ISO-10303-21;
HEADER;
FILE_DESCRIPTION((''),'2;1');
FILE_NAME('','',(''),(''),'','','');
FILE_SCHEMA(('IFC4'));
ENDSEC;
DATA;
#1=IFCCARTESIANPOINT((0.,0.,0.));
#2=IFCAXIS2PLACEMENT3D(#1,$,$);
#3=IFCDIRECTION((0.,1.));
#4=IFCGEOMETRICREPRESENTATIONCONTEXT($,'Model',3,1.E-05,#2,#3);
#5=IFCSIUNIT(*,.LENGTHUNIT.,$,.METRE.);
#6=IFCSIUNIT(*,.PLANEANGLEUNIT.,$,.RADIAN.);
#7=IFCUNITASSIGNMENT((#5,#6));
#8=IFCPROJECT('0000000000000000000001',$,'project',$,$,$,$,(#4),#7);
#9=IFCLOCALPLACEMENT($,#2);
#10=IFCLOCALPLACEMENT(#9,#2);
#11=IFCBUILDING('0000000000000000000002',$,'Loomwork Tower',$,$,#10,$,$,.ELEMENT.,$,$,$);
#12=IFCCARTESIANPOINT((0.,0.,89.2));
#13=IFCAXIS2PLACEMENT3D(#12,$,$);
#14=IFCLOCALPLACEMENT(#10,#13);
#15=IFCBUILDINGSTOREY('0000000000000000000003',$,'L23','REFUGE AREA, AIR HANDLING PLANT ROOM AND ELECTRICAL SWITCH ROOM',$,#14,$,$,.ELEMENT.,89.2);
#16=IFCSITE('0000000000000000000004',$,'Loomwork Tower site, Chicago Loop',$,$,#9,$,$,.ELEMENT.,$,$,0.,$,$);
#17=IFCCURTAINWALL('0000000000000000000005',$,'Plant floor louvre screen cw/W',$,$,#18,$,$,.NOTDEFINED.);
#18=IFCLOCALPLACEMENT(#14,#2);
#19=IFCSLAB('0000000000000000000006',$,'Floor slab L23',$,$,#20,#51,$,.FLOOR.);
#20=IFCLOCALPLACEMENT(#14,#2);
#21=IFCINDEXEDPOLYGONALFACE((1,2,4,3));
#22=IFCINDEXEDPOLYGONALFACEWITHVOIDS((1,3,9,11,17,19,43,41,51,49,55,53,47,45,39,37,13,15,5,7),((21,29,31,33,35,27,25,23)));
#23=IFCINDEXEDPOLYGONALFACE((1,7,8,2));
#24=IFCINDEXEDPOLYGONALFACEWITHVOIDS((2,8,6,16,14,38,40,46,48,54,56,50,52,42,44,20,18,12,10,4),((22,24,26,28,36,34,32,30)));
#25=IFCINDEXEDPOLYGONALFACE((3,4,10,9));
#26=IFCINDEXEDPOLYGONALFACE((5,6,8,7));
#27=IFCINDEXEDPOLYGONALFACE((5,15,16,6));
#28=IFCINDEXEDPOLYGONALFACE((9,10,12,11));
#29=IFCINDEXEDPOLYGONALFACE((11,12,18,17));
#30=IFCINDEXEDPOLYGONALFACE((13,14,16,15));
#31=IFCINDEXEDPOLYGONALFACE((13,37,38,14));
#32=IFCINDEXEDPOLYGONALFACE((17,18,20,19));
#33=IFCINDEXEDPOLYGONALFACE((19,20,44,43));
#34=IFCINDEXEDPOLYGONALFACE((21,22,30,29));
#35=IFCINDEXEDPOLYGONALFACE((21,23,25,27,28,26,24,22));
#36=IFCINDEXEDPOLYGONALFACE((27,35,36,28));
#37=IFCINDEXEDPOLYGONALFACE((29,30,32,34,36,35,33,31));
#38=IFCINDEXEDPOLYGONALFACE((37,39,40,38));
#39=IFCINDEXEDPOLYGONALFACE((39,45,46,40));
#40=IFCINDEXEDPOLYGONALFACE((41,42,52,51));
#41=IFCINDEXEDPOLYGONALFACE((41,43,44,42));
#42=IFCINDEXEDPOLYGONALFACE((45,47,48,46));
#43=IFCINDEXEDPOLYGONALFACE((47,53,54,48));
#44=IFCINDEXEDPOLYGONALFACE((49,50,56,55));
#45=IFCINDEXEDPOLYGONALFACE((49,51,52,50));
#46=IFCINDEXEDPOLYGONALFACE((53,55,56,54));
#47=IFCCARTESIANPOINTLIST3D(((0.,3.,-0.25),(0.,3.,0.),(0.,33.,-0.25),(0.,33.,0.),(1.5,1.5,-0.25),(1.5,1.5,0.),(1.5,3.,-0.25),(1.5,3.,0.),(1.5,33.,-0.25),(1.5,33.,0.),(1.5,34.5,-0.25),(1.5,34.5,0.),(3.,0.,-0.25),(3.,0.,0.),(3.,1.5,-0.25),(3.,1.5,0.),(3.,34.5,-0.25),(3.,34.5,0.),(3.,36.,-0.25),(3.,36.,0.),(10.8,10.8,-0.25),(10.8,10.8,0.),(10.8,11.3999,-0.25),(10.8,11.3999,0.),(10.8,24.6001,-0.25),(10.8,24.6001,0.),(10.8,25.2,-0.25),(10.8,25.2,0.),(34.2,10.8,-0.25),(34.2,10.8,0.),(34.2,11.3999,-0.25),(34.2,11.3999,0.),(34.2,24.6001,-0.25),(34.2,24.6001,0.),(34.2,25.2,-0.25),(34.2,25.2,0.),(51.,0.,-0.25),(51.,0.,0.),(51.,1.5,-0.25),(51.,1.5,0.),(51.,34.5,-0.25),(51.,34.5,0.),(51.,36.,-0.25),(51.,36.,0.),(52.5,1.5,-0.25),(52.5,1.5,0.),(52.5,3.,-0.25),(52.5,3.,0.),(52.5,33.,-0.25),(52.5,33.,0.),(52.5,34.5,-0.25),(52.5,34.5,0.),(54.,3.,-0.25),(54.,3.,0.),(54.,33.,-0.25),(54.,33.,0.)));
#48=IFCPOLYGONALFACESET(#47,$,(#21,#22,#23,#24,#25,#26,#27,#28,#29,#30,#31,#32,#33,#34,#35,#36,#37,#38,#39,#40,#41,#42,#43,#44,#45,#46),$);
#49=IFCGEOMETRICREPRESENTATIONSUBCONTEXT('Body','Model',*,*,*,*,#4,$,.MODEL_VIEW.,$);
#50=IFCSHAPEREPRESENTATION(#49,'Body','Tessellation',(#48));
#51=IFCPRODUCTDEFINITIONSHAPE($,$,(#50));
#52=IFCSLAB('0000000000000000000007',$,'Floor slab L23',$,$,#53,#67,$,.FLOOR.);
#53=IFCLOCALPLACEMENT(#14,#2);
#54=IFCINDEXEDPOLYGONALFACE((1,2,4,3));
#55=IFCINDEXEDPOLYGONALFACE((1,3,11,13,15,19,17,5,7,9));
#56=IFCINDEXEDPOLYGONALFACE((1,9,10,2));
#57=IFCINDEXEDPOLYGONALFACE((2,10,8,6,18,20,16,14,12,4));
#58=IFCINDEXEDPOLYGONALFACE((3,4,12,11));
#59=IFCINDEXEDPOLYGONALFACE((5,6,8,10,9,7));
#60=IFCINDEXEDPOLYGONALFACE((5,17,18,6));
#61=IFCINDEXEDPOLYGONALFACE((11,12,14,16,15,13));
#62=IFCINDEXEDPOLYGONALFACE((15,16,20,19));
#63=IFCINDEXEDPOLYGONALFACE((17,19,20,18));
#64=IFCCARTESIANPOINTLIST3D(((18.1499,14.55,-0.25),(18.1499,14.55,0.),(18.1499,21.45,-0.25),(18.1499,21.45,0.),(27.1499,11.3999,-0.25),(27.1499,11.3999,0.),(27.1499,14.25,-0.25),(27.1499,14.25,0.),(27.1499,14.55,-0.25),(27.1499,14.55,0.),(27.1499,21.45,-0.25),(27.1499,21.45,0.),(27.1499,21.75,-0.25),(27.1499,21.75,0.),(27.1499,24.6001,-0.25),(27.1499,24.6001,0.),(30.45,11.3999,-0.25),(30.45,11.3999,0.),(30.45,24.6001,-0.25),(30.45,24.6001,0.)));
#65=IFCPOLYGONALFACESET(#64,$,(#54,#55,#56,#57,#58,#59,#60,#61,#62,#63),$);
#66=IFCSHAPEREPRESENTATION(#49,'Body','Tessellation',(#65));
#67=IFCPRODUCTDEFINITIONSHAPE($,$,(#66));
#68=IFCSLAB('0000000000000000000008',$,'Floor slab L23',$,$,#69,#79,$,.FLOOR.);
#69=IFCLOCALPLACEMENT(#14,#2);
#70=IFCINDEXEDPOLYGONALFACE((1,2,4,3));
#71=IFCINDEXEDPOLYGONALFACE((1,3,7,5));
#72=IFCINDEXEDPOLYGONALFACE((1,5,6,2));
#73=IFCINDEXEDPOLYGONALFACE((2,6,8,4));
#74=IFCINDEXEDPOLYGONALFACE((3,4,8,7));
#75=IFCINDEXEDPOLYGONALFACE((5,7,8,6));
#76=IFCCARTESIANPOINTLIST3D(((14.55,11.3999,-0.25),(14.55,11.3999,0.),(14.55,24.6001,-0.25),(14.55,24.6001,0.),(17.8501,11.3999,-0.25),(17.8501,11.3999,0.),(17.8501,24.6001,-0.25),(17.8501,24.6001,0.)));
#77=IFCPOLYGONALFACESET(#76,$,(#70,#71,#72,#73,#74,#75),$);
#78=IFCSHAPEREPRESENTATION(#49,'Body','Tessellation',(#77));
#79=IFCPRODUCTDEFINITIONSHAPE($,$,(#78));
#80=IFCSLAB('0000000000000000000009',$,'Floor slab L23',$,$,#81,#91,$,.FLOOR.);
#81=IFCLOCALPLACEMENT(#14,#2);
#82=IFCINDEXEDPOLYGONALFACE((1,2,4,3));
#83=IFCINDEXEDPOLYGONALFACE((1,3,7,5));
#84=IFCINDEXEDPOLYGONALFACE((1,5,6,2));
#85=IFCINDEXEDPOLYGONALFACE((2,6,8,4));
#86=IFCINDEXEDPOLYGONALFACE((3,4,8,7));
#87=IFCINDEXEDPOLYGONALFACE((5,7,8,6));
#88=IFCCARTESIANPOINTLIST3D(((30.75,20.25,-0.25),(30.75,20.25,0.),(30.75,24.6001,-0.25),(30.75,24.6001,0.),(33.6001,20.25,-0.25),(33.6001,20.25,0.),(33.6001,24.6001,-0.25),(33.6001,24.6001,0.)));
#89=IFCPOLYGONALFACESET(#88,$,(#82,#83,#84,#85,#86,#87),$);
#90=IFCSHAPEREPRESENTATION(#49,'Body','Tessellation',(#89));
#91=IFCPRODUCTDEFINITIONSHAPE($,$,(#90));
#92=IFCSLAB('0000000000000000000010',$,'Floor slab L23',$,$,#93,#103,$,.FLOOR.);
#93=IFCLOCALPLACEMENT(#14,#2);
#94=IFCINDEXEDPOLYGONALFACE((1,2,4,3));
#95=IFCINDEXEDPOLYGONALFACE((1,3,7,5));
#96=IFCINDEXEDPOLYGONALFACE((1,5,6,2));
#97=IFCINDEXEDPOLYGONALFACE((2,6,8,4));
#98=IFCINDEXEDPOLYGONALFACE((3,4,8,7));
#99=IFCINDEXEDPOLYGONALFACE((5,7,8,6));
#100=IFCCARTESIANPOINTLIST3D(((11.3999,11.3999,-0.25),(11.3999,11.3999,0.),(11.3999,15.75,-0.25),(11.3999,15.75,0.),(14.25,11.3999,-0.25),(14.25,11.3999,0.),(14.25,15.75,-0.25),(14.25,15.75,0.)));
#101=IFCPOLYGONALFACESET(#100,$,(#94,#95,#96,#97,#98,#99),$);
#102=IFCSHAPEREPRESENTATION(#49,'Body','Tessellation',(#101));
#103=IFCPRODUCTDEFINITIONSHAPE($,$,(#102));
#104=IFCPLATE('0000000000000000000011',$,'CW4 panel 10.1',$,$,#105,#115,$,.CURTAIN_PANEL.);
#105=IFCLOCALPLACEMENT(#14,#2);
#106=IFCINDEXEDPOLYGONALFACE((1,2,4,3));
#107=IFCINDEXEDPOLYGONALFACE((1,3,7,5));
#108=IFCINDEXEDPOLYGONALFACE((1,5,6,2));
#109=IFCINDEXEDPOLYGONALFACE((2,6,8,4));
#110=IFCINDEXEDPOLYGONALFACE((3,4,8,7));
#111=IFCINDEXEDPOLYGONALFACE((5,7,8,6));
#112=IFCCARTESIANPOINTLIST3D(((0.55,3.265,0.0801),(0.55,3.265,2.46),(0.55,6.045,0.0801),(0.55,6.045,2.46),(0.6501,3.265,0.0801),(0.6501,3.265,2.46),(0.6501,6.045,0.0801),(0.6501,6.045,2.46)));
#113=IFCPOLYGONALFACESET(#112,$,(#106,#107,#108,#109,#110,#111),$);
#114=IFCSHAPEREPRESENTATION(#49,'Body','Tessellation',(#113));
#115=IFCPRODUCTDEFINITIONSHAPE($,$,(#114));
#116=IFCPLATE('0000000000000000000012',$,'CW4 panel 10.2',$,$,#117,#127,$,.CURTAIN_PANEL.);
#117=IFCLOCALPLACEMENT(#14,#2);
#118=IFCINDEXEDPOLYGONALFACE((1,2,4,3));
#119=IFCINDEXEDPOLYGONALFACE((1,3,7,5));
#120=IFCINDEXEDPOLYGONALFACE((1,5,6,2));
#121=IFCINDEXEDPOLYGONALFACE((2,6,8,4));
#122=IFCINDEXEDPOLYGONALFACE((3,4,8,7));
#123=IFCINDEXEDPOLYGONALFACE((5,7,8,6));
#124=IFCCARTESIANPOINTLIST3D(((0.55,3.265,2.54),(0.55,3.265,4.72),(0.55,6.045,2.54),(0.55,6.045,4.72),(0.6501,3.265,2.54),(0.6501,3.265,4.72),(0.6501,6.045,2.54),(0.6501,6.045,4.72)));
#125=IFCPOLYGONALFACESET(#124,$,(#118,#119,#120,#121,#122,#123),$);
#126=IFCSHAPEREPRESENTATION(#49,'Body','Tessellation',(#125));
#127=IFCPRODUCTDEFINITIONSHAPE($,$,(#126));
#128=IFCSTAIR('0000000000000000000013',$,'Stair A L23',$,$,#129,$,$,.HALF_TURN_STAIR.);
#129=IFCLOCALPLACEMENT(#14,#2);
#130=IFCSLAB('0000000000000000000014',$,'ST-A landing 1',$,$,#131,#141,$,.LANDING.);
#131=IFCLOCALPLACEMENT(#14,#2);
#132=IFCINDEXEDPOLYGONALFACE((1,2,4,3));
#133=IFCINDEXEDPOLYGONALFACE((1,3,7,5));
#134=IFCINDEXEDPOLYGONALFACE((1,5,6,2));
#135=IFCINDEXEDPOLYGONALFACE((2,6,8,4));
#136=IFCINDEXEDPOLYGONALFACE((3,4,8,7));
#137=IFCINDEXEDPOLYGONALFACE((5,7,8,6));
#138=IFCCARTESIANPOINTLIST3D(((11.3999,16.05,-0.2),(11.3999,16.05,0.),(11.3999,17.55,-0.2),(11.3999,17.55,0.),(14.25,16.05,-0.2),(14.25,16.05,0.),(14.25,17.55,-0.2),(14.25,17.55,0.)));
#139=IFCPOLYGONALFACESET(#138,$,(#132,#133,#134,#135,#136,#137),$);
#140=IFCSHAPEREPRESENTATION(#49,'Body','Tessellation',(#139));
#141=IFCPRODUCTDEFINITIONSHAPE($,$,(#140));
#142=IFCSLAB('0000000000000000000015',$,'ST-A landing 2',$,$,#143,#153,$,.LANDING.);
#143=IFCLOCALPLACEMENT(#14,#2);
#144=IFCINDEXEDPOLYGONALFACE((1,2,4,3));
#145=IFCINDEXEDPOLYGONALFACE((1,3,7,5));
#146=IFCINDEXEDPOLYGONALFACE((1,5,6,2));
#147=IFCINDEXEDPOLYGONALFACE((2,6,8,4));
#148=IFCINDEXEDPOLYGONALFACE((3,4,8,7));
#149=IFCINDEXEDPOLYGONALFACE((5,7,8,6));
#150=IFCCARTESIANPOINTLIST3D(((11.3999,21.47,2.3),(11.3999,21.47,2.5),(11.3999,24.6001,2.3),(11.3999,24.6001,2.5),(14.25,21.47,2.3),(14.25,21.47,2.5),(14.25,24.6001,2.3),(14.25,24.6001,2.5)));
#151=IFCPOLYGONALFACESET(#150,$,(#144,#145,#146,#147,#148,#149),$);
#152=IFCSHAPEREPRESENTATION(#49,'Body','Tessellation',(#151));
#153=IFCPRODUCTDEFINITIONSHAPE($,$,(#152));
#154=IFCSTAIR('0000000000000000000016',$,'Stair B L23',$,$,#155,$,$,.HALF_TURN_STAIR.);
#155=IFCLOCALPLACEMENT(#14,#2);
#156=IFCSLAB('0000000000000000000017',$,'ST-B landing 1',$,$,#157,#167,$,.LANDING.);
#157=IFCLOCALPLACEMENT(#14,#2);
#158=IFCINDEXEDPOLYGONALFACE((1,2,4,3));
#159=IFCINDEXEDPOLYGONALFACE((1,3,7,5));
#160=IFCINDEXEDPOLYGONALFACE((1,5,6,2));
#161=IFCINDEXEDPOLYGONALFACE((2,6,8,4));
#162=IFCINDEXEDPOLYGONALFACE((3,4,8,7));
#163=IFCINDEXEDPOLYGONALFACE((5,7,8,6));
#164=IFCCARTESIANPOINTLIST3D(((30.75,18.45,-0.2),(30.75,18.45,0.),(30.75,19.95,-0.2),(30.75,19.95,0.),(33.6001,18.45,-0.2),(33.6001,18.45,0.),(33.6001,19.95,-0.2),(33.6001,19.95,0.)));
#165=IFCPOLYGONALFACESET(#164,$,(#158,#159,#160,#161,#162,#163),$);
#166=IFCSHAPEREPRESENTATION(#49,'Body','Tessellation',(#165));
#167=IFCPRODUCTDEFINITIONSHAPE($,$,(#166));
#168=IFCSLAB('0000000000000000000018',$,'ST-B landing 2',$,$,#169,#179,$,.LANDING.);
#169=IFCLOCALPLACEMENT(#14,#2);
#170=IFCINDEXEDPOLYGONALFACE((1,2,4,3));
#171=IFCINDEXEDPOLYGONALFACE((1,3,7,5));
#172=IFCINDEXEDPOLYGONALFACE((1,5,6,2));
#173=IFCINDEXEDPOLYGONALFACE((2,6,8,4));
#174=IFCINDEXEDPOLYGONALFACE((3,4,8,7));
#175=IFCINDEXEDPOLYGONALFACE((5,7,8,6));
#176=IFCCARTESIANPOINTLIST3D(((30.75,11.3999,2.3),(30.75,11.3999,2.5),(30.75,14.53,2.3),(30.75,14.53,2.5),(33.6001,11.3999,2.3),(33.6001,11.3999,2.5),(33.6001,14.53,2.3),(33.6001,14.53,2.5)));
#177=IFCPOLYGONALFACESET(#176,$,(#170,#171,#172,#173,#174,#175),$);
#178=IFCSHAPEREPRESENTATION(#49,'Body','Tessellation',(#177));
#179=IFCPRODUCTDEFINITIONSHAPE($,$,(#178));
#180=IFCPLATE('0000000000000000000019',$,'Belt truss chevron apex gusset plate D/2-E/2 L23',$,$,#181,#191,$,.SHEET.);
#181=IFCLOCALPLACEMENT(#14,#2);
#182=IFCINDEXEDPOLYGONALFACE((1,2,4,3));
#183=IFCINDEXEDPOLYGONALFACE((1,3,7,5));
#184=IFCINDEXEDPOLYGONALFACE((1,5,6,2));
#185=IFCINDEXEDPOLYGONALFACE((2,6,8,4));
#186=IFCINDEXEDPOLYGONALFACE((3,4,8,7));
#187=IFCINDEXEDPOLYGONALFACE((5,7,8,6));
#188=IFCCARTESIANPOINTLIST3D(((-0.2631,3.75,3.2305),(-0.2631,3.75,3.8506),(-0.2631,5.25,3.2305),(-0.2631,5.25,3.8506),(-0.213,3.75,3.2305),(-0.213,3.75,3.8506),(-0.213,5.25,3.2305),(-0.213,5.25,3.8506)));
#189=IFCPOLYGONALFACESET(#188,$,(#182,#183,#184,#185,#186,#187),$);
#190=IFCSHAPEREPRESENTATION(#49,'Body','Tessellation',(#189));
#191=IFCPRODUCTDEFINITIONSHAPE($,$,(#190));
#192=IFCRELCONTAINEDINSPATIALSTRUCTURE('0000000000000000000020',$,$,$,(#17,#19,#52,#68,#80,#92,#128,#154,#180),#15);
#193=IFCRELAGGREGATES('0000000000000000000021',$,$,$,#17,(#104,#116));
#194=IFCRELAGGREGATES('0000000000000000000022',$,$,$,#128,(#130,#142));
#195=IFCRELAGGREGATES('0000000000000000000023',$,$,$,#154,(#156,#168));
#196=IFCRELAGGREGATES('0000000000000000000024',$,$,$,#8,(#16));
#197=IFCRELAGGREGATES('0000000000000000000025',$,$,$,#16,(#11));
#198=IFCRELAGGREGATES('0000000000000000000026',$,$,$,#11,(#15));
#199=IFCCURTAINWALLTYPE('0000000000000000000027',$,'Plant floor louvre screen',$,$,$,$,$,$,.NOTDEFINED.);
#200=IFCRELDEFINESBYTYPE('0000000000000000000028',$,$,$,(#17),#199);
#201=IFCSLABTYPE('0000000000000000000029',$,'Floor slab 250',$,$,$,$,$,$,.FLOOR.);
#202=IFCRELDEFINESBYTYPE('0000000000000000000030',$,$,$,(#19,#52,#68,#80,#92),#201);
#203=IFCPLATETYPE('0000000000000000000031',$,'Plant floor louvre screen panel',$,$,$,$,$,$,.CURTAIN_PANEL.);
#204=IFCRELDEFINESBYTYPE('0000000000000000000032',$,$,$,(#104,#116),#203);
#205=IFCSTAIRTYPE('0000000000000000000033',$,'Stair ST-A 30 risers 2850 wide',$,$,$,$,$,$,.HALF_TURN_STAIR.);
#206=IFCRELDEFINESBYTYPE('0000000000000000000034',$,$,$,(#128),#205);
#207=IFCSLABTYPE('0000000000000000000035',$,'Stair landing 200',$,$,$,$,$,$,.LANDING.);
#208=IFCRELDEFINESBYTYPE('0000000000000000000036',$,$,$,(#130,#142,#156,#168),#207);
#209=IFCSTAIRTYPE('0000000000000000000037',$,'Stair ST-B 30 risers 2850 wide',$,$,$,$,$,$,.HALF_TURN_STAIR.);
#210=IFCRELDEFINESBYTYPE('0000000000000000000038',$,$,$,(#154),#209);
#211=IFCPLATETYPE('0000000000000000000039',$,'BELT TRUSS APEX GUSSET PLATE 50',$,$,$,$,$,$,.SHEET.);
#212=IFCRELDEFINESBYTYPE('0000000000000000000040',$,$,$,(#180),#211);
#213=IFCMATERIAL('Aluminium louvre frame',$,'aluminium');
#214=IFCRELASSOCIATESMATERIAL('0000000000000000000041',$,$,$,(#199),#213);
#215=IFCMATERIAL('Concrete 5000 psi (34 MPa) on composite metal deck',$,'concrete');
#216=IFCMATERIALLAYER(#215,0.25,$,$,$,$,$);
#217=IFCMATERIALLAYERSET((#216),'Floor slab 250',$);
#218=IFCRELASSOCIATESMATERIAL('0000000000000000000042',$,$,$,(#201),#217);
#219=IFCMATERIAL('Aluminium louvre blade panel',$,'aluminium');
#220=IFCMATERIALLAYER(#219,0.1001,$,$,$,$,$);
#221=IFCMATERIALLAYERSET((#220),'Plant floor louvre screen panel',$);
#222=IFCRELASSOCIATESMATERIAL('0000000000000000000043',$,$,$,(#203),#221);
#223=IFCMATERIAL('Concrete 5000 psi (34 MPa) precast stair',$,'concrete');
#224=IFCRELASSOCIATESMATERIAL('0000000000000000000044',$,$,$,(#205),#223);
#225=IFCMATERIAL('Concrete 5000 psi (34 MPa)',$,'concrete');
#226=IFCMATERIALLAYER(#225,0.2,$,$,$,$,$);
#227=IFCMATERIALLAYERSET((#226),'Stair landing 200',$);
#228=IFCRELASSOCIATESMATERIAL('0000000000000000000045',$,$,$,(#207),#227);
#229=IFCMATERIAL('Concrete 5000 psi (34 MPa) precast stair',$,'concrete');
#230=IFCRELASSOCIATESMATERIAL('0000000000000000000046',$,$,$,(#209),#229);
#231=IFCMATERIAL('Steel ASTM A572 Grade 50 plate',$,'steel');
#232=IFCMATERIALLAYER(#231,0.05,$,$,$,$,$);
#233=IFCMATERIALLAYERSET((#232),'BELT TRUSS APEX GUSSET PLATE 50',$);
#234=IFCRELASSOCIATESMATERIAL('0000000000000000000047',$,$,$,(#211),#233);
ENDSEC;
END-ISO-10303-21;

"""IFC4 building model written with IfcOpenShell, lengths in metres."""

from ifc_helpers import new_model, si_unit, direction, frame, origin, origin_2d, place, context, subcontext, project, spatial, polyline, rectangle, outline, extrude, material, layer, layer_set, type_object, element, aggregate, save


model = new_model("IFC4")

# Units and contexts
model_context = context("Model", 3, precision=1e-05, world=origin(), true_north=direction((0.0, 1.0)))
body_context = subcontext(model_context, "Body", "Model", "MODEL_VIEW")
ifc_project = project(units=[si_unit("LENGTHUNIT", "METRE"), si_unit("PLANEANGLEUNIT", "RADIAN")], contexts=[model_context])

# Site, building, storey
site_placement = place(None, origin())
site = spatial("IfcSite", under=ifc_project, at=site_placement, Name="Loomwork Tower site, Chicago Loop", CompositionType="ELEMENT", RefElevation=0.0)
building_placement = place(site_placement, origin())
building = spatial("IfcBuilding", under=site, at=building_placement, Name="Loomwork Tower", CompositionType="ELEMENT")
storey_placement = place(building_placement, frame((0.0, 0.0, 89.2)))
storey = spatial("IfcBuildingStorey", under=building, at=storey_placement, Name="L23", Description="REFUGE AREA, AIR HANDLING PLANT ROOM AND ELECTRICAL SWITCH ROOM", CompositionType="ELEMENT", Elevation=89.2)

# Curtain wall
ifc_material_1 = material(Name="Aluminium louvre frame", Category="aluminium")
curtain_wall_type = type_object("IfcCurtainWallType", Name="Plant floor louvre screen", PredefinedType="NOTDEFINED", material=ifc_material_1)
curtain_wall_placement = place(storey_placement, origin())
curtain_wall = element("IfcCurtainWall", 1, at=curtain_wall_placement, inside=storey, type_object=curtain_wall_type, Name="Plant floor louvre screen cw/W", PredefinedType="NOTDEFINED")

# Slabs
ifc_material_2 = material(Name="Concrete 5000 psi (34 MPa) on composite metal deck", Category="concrete")
ifc_layer_1 = layer(ifc_material_2, 0.25)
ifc_layer_set_1 = layer_set([ifc_layer_1], Name="Floor slab 250")
slab_type_1 = type_object("IfcSlabType", Name="Floor slab 250", PredefinedType="FLOOR", material=ifc_layer_set_1)
slab_1_placement = place(storey_placement, frame((0.0, 0.0, -0.25)))
element("IfcSlab", 2, at=slab_1_placement, inside=storey, type_object=slab_type_1, Name="Floor slab L23", PredefinedType="FLOOR", context=body_context, shape_type="SweptSolid", body=[
    extrude(outline(polyline([(3.0, 1.5), (1.5, 1.5), (1.5, 3.0), (0.0, 3.0), (0.0, 33.0), (1.5, 33.0), (1.5, 34.5), (3.0, 34.5), (3.0, 36.0), (51.0, 36.0), (51.0, 34.5), (52.5, 34.5), (52.5, 33.0), (54.0, 33.0), (54.0, 3.0), (52.5, 3.0), (52.5, 1.5), (51.0, 1.5), (51.0, 0.0), (3.0, 0.0), (3.0, 1.5)]), holes=[polyline([(10.8, 11.3999), (10.8, 11.3999), (10.8, 10.8), (34.2, 10.8), (34.2, 11.3999), (34.2, 11.3999), (34.2, 24.6001), (34.2, 25.2), (10.8, 25.2), (10.8, 24.6001), (10.8, 11.3999)])]), origin(), (0.0, 0.0, 1.0), 0.25),
])
slab_2_placement = place(storey_placement, frame((0.0, 0.0, -0.25)))
element("IfcSlab", 3, at=slab_2_placement, inside=storey, type_object=slab_type_1, Name="Floor slab L23", PredefinedType="FLOOR", context=body_context, shape_type="SweptSolid", body=[
    extrude(outline(polyline([(30.45, 24.6001), (30.45, 11.3999), (27.1499, 11.3999), (27.1499, 14.25), (27.1499, 14.55), (18.1499, 14.55), (18.1499, 21.45), (27.1499, 21.45), (27.1499, 21.75), (27.1499, 24.6001), (30.45, 24.6001)])), origin(), (0.0, 0.0, 1.0), 0.25),
])
slab_3_placement = place(storey_placement, frame((0.0, 0.0, -0.25)))
element("IfcSlab", 4, at=slab_3_placement, inside=storey, type_object=slab_type_1, Name="Floor slab L23", PredefinedType="FLOOR", context=body_context, shape_type="SweptSolid", body=[
    extrude(outline(polyline([(14.55, 11.3999), (14.55, 24.6001), (17.8501, 24.6001), (17.8501, 11.3999), (14.55, 11.3999)])), origin(), (0.0, 0.0, 1.0), 0.25),
])
slab_4_placement = place(storey_placement, frame((0.0, 0.0, -0.25)))
element("IfcSlab", 5, at=slab_4_placement, inside=storey, type_object=slab_type_1, Name="Floor slab L23", PredefinedType="FLOOR", context=body_context, shape_type="SweptSolid", body=[
    extrude(outline(polyline([(33.6001, 20.25), (30.75, 20.25), (30.75, 24.6001), (33.6001, 24.6001), (33.6001, 20.25)])), origin(), (0.0, 0.0, 1.0), 0.25),
])
slab_5_placement = place(storey_placement, frame((0.0, 0.0, -0.25)))
element("IfcSlab", 6, at=slab_5_placement, inside=storey, type_object=slab_type_1, Name="Floor slab L23", PredefinedType="FLOOR", context=body_context, shape_type="SweptSolid", body=[
    extrude(outline(polyline([(14.25, 15.75), (14.25, 11.3999), (11.3999, 11.3999), (11.3999, 15.75), (14.25, 15.75)])), origin(), (0.0, 0.0, 1.0), 0.25),
])

# Plates
ifc_material_3 = material(Name="Aluminium louvre blade panel", Category="aluminium")
ifc_layer_2 = layer(ifc_material_3, 0.1001)
ifc_layer_set_2 = layer_set([ifc_layer_2], Name="Plant floor louvre screen panel")
plate_type_1 = type_object("IfcPlateType", Name="Plant floor louvre screen panel", PredefinedType="CURTAIN_PANEL", material=ifc_layer_set_2)
plate_1_placement = place(storey_placement, frame((0.6001, 4.655, 0.0801), z_axis=(0.0, 0.0, 1.0), x_axis=(0.0, -1.0, 0.0)))
plate_1 = element("IfcPlate", 7, at=plate_1_placement, type_object=plate_type_1, Name="CW4 panel 10.1", PredefinedType="CURTAIN_PANEL", context=body_context, shape_type="SweptSolid", body=[
    extrude(rectangle(XDim=2.78, YDim=0.1001, at=origin_2d()), origin(), (0.0, 0.0, 1.0), 2.3799),
])
plate_2_placement = place(storey_placement, frame((0.6001, 4.655, 2.54), z_axis=(0.0, 0.0, 1.0), x_axis=(0.0, -1.0, 0.0)))
plate_2 = element("IfcPlate", 8, at=plate_2_placement, type_object=plate_type_1, Name="CW4 panel 10.2", PredefinedType="CURTAIN_PANEL", context=body_context, shape_type="SweptSolid", body=[
    extrude(rectangle(XDim=2.78, YDim=0.1001, at=origin_2d()), origin(), (0.0, 0.0, 1.0), 2.1799),
])
aggregate(curtain_wall, [plate_1, plate_2])

# Stairs, slabs
ifc_material_4 = material(Name="Concrete 5000 psi (34 MPa) precast stair", Category="concrete")
stair_type_1 = type_object("IfcStairType", Name="Stair ST-A 30 risers 2850 wide", PredefinedType="HALF_TURN_STAIR", material=ifc_material_4)
stair_1_placement = place(storey_placement, origin())
stair_1 = element("IfcStair", 9, at=stair_1_placement, inside=storey, type_object=stair_type_1, Name="Stair A L23", PredefinedType="HALF_TURN_STAIR")
ifc_material_5 = material(Name="Concrete 5000 psi (34 MPa)", Category="concrete")
ifc_layer_3 = layer(ifc_material_5, 0.2)
ifc_layer_set_3 = layer_set([ifc_layer_3], Name="Stair landing 200")
slab_type_2 = type_object("IfcSlabType", Name="Stair landing 200", PredefinedType="LANDING", material=ifc_layer_set_3)
slab_6_placement = place(storey_placement, frame((0.0, 0.0, -0.2)))
slab_6 = element("IfcSlab", 10, at=slab_6_placement, type_object=slab_type_2, Name="ST-A landing 1", PredefinedType="LANDING", context=body_context, shape_type="SweptSolid", body=[
    extrude(outline(polyline([(11.3999, 16.05), (14.25, 16.05), (14.25, 17.55), (11.3999, 17.55), (11.3999, 16.05)])), origin(), (0.0, 0.0, 1.0), 0.2),
])
slab_7_placement = place(storey_placement, frame((0.0, 0.0, 2.3)))
slab_7 = element("IfcSlab", 11, at=slab_7_placement, type_object=slab_type_2, Name="ST-A landing 2", PredefinedType="LANDING", context=body_context, shape_type="SweptSolid", body=[
    extrude(outline(polyline([(11.3999, 21.47), (14.25, 21.47), (14.25, 24.6001), (11.3999, 24.6001), (11.3999, 21.47)])), origin(), (0.0, 0.0, 1.0), 0.2),
])
aggregate(stair_1, [slab_6, slab_7])
ifc_material_6 = material(Name="Concrete 5000 psi (34 MPa) precast stair", Category="concrete")
stair_type_2 = type_object("IfcStairType", Name="Stair ST-B 30 risers 2850 wide", PredefinedType="HALF_TURN_STAIR", material=ifc_material_6)
stair_2_placement = place(storey_placement, origin())
stair_2 = element("IfcStair", 12, at=stair_2_placement, inside=storey, type_object=stair_type_2, Name="Stair B L23", PredefinedType="HALF_TURN_STAIR")
slab_8_placement = place(storey_placement, frame((0.0, 0.0, -0.2)))
slab_8 = element("IfcSlab", 13, at=slab_8_placement, type_object=slab_type_2, Name="ST-B landing 1", PredefinedType="LANDING", context=body_context, shape_type="SweptSolid", body=[
    extrude(outline(polyline([(30.75, 18.45), (33.6001, 18.45), (33.6001, 19.95), (30.75, 19.95), (30.75, 18.45)])), origin(), (0.0, 0.0, 1.0), 0.2),
])
slab_9_placement = place(storey_placement, frame((0.0, 0.0, 2.3)))
slab_9 = element("IfcSlab", 14, at=slab_9_placement, type_object=slab_type_2, Name="ST-B landing 2", PredefinedType="LANDING", context=body_context, shape_type="SweptSolid", body=[
    extrude(outline(polyline([(30.75, 11.3999), (33.6001, 11.3999), (33.6001, 14.53), (30.75, 14.53), (30.75, 11.3999)])), origin(), (0.0, 0.0, 1.0), 0.2),
])
aggregate(stair_2, [slab_8, slab_9])

# Plate
ifc_material_7 = material(Name="Steel ASTM A572 Grade 50 plate", Category="steel")
ifc_layer_4 = layer(ifc_material_7, 0.05)
ifc_layer_set_4 = layer_set([ifc_layer_4], Name="BELT TRUSS APEX GUSSET PLATE 50")
plate_type_2 = type_object("IfcPlateType", Name="BELT TRUSS APEX GUSSET PLATE 50", PredefinedType="SHEET", material=ifc_layer_set_4)
plate_3_placement = place(storey_placement, frame((-0.238, 4.5, 3.2305), z_axis=(0.0, 0.0, 1.0), x_axis=(0.0, 1.0, 0.0)))
element("IfcPlate", 15, at=plate_3_placement, inside=storey, type_object=plate_type_2, Name="Belt truss chevron apex gusset plate D/2-E/2 L23", PredefinedType="SHEET", context=body_context, shape_type="SweptSolid", body=[
    extrude(rectangle(XDim=1.5, YDim=0.05, at=origin_2d()), origin(), (0.0, 0.0, 1.0), 0.6201),
])

save(model, "model.ifc")
